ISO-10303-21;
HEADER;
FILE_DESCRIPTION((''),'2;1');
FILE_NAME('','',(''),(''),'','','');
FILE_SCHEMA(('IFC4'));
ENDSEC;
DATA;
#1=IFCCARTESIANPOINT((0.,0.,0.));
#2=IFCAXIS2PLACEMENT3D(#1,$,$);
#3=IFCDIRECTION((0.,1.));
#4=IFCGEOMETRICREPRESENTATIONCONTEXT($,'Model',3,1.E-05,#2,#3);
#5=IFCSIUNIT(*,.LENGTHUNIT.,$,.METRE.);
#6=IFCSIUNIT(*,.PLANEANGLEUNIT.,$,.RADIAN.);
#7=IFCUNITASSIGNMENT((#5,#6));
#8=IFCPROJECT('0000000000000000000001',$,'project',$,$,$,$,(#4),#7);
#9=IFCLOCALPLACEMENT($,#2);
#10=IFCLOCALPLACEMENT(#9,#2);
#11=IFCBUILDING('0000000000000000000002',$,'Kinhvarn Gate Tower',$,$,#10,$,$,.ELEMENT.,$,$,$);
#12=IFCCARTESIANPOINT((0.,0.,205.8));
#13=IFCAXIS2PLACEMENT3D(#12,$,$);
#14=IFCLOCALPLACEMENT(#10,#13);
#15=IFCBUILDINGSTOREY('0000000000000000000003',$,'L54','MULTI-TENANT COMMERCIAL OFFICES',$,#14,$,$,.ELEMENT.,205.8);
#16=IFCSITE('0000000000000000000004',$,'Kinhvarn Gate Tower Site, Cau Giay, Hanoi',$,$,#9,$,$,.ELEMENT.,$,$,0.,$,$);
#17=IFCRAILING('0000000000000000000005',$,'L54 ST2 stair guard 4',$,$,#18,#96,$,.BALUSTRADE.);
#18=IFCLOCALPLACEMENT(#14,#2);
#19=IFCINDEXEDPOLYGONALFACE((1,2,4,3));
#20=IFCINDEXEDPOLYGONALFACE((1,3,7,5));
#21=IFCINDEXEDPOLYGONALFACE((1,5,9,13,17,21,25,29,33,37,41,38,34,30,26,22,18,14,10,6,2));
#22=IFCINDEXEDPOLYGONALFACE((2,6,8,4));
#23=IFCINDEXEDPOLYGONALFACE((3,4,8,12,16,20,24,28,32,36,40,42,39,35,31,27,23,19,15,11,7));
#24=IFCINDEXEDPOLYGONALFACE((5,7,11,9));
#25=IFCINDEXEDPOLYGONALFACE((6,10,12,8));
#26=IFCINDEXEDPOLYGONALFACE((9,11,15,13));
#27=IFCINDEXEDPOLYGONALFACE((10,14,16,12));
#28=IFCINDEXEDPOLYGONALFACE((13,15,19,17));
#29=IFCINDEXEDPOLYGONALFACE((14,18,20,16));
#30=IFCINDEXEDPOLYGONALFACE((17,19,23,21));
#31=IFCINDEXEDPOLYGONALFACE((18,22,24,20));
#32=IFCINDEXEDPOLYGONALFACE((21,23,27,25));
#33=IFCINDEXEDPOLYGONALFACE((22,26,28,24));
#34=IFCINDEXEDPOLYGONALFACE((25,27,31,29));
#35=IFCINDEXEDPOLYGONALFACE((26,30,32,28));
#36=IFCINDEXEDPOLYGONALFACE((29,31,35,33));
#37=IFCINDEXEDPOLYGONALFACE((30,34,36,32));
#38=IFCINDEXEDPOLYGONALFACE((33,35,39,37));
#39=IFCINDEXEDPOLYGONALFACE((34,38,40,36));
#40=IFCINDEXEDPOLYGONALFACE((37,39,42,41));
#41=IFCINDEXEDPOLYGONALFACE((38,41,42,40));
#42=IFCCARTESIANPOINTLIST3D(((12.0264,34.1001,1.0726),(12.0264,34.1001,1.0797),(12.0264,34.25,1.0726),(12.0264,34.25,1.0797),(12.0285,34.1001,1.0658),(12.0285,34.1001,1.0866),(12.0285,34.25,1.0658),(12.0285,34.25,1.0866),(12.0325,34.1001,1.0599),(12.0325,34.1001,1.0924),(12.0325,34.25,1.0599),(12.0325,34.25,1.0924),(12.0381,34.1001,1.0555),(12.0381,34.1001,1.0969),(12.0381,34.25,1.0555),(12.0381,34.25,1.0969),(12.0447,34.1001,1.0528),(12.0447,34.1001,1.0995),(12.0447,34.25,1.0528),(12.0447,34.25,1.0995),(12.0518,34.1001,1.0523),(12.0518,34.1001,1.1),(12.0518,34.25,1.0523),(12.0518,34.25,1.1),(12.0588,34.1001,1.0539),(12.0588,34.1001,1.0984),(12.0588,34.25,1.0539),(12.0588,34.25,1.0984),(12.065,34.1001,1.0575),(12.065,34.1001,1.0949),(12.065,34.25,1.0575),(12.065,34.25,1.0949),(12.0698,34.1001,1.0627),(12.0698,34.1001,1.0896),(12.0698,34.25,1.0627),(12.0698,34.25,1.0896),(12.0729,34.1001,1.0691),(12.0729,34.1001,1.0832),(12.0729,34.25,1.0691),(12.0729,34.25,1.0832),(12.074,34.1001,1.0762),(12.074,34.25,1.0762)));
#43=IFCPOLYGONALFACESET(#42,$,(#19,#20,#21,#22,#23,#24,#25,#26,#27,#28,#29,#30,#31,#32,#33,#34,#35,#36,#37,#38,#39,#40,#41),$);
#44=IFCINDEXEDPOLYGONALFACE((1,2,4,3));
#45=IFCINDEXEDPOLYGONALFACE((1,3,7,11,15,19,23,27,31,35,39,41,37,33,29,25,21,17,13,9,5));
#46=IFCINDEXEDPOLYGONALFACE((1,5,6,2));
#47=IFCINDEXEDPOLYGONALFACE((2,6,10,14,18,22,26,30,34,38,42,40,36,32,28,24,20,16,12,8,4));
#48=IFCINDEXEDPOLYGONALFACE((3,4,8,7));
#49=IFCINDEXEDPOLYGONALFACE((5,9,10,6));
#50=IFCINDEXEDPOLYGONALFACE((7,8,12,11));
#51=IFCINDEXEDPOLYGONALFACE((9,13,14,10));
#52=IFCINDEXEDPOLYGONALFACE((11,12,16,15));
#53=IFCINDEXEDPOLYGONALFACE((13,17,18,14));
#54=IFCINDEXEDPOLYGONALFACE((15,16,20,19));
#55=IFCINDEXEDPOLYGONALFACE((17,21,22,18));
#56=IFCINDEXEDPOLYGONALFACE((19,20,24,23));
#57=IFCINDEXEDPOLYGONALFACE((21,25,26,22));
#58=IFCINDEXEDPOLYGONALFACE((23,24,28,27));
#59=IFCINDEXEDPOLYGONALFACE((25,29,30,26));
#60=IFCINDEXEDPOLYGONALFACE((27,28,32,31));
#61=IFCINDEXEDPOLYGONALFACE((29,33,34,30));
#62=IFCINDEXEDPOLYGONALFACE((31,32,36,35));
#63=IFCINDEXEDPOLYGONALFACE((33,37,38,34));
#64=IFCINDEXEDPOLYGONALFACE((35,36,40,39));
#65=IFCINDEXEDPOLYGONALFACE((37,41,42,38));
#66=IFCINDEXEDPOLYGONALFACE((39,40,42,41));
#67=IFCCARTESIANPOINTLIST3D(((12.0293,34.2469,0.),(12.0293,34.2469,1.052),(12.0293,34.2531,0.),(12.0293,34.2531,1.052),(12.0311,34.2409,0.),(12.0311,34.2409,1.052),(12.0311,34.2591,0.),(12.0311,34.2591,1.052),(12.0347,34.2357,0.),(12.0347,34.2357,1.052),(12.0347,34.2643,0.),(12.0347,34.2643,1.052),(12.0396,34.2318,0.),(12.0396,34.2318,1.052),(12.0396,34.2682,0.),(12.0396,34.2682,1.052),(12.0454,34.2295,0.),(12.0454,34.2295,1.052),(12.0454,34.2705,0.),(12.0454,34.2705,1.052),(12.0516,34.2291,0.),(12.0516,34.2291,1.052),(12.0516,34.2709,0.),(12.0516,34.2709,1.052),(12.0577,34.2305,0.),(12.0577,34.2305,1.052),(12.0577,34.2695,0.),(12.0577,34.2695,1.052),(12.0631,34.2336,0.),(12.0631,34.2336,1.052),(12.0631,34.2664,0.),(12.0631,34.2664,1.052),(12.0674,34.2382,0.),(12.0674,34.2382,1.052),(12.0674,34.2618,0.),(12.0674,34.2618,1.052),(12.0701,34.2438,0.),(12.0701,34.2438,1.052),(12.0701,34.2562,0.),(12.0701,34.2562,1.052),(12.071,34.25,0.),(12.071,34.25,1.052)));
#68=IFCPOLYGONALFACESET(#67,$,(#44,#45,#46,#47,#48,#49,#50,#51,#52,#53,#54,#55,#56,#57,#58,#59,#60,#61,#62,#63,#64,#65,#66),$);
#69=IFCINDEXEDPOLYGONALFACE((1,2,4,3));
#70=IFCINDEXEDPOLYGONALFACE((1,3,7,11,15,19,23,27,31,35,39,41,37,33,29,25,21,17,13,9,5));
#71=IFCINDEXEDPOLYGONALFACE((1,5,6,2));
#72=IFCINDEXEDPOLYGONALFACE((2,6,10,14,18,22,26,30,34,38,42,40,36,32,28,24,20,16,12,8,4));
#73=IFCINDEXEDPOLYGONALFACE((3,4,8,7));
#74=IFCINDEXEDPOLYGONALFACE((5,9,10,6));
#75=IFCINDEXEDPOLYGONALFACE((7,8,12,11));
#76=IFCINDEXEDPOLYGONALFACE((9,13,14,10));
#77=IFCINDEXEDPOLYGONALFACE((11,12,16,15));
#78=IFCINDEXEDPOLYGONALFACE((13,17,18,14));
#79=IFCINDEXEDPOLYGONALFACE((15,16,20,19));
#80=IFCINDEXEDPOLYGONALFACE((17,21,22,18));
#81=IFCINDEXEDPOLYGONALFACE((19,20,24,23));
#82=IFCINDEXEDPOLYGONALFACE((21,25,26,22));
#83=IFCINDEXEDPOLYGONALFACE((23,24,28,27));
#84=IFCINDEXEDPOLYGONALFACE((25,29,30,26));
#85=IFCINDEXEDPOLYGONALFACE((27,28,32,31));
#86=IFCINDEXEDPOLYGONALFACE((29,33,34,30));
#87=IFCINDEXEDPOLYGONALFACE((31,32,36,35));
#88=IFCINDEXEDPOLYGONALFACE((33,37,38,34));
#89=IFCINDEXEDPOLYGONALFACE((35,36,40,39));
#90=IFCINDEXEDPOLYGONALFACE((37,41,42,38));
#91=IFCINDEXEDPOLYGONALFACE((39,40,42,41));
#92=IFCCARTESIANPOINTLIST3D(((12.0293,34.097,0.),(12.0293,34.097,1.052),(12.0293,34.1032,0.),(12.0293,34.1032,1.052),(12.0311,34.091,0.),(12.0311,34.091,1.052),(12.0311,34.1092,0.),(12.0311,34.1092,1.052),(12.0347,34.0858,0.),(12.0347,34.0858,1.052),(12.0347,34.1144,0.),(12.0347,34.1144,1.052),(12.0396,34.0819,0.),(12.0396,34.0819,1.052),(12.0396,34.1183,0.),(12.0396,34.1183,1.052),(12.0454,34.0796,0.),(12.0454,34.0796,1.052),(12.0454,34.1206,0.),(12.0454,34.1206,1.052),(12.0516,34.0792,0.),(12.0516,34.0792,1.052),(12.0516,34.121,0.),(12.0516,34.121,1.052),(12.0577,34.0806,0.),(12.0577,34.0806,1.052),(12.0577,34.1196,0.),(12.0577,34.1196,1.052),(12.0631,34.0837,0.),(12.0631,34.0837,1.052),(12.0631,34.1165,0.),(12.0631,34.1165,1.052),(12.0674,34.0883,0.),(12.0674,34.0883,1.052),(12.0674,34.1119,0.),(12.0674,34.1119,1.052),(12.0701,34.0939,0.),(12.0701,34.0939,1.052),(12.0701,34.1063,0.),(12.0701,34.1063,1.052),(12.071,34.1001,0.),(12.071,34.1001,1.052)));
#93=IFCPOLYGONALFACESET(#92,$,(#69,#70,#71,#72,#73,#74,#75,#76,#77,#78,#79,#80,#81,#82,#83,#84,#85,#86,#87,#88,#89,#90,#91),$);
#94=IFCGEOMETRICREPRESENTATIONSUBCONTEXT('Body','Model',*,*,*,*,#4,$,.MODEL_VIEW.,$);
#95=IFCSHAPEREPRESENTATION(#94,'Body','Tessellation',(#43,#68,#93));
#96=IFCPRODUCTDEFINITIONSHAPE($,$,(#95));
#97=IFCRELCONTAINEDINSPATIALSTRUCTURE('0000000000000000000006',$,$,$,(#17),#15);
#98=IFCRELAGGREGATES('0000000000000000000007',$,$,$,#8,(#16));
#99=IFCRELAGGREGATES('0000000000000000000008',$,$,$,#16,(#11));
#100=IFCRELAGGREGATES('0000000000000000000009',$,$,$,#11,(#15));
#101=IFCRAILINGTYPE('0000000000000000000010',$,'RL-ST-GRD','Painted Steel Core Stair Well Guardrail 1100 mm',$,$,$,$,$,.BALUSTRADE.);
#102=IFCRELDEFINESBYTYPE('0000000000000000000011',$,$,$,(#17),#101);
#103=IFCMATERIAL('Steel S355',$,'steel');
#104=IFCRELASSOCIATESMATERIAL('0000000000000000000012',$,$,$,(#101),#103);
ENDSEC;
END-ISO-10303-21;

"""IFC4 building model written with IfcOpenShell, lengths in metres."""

from ifc_helpers import new_model, si_unit, direction, frame, origin, origin_2d, place, context, subcontext, project, spatial, circle, extrude, material, type_object, element, save


model = new_model("IFC4")

# Units and contexts
model_context = context("Model", 3, precision=1e-05, world=origin(), true_north=direction((0.0, 1.0)))
body_context = subcontext(model_context, "Body", "Model", "MODEL_VIEW")
ifc_project = project(units=[si_unit("LENGTHUNIT", "METRE"), si_unit("PLANEANGLEUNIT", "RADIAN")], contexts=[model_context])

# Site, building, storey
site_placement = place(None, origin())
site = spatial("IfcSite", under=ifc_project, at=site_placement, Name="Kinhvarn Gate Tower Site, Cau Giay, Hanoi", CompositionType="ELEMENT", RefElevation=0.0)
building_placement = place(site_placement, origin())
building = spatial("IfcBuilding", under=site, at=building_placement, Name="Kinhvarn Gate Tower", CompositionType="ELEMENT")
storey_placement = place(building_placement, frame((0.0, 0.0, 205.8)))
storey = spatial("IfcBuildingStorey", under=building, at=storey_placement, Name="L54", Description="MULTI-TENANT COMMERCIAL OFFICES", CompositionType="ELEMENT", Elevation=205.8)

# Railing
ifc_material_1 = material(Name="Steel S355", Category="steel")
railing_type_1 = type_object("IfcRailingType", Name="RL-ST-GRD", Description="Painted Steel Core Stair Well Guardrail 1100 mm", PredefinedType="BALUSTRADE", material=ifc_material_1)
railing_1_placement = place(storey_placement, frame((12.05, 34.25, 0.0)))
element("IfcRailing", 1, at=railing_1_placement, inside=storey, type_object=railing_type_1, Name="L54 ST2 stair guard 4", PredefinedType="BALUSTRADE", context=body_context, shape_type="SweptSolid", body=[
    extrude(circle(Radius=0.0239, at=origin_2d()), frame((0.0, 0.0, 1.0762), z_axis=(0.0, -1.0, 0.0), x_axis=(1.0, 0.0, 0.0)), (0.0, 0.0, 1.0), 0.1499),
    extrude(circle(Radius=0.021, at=origin_2d()), origin(), (0.0, 0.0, 1.0), 1.052),
    extrude(circle(Radius=0.021, at=origin_2d()), frame((0.0, -0.1499, 0.0)), (0.0, 0.0, 1.0), 1.052),
])

save(model, "model.ifc")
